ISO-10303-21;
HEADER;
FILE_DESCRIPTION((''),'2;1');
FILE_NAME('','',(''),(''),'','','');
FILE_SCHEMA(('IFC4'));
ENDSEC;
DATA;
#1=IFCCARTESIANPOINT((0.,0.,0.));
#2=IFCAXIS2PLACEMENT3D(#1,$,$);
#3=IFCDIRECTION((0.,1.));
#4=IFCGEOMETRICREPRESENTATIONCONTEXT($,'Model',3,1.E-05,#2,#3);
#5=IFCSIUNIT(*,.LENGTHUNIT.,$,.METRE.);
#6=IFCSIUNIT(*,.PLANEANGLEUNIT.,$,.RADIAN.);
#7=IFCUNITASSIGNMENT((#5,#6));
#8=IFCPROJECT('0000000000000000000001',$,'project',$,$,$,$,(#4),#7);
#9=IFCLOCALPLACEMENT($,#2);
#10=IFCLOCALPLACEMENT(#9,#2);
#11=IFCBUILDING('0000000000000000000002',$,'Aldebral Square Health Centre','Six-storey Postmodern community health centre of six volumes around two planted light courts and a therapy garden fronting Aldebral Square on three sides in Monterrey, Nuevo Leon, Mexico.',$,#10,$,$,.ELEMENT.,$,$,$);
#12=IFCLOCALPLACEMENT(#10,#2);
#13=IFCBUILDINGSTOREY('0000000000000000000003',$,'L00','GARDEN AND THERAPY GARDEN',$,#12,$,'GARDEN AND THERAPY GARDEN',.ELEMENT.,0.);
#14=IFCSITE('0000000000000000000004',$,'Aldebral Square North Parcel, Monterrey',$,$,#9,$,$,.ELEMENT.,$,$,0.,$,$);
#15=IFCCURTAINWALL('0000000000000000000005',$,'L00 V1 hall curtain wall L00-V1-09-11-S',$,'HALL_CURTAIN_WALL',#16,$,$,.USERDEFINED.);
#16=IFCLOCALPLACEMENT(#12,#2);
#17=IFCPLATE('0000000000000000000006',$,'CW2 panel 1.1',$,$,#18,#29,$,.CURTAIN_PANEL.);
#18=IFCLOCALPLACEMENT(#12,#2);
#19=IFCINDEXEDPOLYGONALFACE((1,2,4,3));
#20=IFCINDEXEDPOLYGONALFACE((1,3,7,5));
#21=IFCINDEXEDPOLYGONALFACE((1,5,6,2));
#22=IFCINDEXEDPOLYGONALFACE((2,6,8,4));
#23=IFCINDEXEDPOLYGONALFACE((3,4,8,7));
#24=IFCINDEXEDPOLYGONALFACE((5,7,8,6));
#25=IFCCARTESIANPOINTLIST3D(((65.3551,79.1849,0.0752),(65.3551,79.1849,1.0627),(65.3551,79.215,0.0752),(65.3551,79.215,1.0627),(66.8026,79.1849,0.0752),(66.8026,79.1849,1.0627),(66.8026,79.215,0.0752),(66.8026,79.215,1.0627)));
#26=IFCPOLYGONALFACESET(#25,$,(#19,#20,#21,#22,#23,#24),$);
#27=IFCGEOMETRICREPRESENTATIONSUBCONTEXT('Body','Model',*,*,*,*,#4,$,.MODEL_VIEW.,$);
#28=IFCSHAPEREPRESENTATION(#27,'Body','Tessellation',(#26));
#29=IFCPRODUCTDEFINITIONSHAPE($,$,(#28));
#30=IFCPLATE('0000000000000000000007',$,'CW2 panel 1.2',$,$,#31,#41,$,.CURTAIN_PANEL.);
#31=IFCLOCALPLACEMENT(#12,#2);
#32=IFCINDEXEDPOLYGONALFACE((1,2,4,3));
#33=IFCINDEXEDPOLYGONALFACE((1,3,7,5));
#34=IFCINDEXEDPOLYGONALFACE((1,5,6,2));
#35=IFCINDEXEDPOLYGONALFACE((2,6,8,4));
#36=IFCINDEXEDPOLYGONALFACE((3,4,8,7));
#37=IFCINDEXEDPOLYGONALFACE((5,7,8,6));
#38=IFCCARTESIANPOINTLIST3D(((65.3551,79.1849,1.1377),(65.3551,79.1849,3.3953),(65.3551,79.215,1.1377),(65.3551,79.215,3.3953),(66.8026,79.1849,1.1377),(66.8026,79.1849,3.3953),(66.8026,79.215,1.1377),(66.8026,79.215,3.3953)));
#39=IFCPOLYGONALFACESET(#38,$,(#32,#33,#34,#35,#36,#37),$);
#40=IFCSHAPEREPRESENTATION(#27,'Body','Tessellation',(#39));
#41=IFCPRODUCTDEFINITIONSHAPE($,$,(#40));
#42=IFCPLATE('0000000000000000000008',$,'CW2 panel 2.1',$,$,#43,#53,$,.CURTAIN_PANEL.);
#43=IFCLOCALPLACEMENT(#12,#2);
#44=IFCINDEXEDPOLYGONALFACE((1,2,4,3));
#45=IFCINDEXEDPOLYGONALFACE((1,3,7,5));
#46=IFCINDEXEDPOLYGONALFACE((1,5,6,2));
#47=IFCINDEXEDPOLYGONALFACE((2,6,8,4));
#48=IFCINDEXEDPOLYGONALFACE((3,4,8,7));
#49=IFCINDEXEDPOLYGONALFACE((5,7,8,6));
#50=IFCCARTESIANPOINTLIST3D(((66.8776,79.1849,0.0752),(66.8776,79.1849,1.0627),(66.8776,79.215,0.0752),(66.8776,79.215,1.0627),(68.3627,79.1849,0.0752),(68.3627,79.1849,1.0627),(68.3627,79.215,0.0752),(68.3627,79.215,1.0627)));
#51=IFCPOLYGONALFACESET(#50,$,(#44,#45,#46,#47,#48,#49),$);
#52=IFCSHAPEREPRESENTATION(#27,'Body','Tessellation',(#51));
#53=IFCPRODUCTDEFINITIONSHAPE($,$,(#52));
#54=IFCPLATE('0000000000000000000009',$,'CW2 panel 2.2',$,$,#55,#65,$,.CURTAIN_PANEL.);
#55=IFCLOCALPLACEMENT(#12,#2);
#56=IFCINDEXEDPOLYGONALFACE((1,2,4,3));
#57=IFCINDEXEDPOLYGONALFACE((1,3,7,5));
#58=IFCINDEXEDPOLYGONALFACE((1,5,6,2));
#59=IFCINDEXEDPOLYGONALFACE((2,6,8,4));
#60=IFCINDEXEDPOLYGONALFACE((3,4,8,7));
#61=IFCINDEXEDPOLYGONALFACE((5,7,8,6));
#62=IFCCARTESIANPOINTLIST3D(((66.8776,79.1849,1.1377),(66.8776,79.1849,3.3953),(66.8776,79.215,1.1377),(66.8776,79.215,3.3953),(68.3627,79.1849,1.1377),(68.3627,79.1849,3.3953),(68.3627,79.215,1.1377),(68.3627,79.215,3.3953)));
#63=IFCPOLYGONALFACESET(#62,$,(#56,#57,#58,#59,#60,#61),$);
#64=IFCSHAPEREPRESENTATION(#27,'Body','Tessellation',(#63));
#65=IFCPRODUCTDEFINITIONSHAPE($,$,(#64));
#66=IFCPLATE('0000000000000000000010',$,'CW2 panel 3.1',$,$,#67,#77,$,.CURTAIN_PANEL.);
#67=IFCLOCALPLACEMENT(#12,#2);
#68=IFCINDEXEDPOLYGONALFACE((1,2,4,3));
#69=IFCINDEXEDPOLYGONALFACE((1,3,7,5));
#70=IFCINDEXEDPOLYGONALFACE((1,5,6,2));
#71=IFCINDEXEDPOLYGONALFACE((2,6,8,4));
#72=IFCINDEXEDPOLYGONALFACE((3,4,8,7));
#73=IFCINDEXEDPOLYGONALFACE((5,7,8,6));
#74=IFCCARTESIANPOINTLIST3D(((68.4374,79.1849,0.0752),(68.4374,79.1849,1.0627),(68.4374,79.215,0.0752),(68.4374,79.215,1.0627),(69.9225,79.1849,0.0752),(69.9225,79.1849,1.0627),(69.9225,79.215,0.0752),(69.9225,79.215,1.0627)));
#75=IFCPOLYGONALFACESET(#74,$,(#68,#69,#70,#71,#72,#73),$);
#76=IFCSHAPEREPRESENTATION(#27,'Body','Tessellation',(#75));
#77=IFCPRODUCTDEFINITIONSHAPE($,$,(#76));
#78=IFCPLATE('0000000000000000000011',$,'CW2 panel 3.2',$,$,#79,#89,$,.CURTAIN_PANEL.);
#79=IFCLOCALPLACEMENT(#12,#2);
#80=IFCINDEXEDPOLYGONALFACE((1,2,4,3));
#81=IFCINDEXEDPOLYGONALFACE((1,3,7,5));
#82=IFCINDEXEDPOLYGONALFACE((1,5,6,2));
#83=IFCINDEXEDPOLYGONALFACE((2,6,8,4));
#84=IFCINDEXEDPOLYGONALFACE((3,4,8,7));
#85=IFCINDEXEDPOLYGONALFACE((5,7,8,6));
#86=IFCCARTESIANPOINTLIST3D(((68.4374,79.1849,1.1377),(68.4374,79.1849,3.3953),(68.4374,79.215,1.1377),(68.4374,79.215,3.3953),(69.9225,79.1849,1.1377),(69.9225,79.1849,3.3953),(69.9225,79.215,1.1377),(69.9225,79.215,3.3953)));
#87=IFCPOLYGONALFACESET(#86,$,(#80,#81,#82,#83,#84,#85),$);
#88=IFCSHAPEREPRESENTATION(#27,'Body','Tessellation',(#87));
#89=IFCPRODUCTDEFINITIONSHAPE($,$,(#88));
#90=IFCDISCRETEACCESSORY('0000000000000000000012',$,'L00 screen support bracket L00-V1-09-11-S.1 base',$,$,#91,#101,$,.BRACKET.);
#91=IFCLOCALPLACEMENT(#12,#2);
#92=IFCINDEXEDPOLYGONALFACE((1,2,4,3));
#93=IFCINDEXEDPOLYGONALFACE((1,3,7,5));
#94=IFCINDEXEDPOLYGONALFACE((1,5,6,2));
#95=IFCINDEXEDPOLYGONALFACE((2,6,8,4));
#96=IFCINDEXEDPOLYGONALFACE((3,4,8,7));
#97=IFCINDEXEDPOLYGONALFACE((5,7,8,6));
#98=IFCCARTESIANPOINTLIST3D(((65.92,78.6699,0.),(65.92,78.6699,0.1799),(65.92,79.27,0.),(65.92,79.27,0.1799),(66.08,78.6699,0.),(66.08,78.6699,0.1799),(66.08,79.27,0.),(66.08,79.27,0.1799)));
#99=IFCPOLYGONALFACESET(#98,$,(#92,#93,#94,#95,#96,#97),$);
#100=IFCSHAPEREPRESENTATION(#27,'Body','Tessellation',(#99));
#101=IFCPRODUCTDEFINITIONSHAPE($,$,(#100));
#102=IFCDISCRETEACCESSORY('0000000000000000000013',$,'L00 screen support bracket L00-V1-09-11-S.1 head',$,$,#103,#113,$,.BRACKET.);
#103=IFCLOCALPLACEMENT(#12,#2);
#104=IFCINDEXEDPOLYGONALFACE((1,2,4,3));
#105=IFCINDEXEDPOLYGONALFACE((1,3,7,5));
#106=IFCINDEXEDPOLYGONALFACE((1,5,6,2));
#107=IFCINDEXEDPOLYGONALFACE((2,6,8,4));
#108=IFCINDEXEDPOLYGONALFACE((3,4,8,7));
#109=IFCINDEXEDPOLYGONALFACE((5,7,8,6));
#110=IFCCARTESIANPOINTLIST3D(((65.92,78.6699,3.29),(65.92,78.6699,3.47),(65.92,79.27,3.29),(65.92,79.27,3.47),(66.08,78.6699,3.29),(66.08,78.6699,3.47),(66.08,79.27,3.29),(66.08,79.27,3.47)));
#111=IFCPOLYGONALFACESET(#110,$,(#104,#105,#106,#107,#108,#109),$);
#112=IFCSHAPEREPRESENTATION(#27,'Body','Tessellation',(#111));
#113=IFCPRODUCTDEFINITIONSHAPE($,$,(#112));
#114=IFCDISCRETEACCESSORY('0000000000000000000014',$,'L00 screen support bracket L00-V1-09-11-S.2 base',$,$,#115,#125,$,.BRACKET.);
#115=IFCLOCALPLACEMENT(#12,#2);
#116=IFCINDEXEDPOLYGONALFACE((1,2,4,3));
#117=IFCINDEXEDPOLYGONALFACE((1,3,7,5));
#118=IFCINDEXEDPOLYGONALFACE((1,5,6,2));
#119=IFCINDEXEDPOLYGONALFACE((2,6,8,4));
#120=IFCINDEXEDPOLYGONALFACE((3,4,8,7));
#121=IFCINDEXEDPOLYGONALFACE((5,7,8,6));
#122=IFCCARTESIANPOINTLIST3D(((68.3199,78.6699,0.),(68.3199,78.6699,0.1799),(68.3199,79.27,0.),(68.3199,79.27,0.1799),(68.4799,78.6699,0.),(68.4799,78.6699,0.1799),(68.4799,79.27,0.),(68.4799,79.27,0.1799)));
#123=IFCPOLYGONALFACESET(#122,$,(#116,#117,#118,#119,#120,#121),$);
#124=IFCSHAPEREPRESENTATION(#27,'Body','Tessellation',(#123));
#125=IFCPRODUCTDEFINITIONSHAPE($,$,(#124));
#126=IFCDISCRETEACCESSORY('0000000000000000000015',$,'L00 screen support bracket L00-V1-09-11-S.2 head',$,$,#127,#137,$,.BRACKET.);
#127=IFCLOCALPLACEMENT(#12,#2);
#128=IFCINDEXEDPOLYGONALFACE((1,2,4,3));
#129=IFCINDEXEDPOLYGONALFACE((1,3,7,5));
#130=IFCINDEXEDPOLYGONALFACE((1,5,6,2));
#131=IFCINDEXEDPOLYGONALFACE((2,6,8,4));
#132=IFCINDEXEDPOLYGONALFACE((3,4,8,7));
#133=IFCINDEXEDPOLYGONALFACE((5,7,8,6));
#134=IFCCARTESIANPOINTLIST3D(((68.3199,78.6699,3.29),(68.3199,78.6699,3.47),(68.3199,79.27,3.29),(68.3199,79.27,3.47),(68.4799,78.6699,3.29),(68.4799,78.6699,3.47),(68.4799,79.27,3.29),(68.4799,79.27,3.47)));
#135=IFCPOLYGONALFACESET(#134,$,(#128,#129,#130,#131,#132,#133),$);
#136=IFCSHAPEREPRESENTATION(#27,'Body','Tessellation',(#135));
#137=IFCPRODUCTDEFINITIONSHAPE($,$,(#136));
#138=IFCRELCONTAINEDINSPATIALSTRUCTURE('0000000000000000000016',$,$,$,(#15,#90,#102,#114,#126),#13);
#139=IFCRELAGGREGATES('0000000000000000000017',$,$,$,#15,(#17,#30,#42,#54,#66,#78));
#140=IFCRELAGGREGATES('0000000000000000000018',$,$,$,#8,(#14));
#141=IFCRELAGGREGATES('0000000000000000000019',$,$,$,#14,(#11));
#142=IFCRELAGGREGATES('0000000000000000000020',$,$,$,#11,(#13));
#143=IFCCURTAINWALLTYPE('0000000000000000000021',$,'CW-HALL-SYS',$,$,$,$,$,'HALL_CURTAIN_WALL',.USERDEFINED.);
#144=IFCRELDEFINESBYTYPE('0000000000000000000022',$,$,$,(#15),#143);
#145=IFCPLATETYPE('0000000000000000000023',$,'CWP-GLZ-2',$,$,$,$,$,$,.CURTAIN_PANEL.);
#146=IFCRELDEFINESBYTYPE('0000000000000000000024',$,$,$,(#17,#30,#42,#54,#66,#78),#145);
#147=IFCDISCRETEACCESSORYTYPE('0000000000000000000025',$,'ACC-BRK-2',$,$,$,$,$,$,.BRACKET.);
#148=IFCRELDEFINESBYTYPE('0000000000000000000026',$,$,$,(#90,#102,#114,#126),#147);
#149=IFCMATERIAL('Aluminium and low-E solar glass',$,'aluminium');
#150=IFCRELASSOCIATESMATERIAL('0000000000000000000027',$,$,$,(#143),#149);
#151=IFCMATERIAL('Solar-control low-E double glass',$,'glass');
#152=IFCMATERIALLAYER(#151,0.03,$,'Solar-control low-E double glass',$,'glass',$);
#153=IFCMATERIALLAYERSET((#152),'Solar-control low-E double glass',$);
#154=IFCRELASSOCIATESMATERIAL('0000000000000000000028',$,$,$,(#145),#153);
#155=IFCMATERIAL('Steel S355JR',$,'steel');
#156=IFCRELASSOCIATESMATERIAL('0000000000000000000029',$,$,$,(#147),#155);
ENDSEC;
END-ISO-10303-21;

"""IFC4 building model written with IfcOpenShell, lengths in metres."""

from ifc_helpers import new_model, si_unit, direction, frame, origin, origin_2d, place, context, subcontext, project, spatial, rectangle, extrude, material, layer, layer_set, type_object, element, aggregate, save


model = new_model("IFC4")

# Units and contexts
model_context = context("Model", 3, precision=1e-05, world=origin(), true_north=direction((0.0, 1.0)))
body_context = subcontext(model_context, "Body", "Model", "MODEL_VIEW")
ifc_project = project(units=[si_unit("LENGTHUNIT", "METRE"), si_unit("PLANEANGLEUNIT", "RADIAN")], contexts=[model_context])

# Site, building, storey
site_placement = place(None, origin())
site = spatial("IfcSite", under=ifc_project, at=site_placement, Name="Aldebral Square North Parcel, Monterrey", CompositionType="ELEMENT", RefElevation=0.0)
building_placement = place(site_placement, origin())
building = spatial("IfcBuilding", under=site, at=building_placement, Name="Aldebral Square Health Centre", Description="Six-storey Postmodern community health centre of six volumes around two planted light courts and a therapy garden fronting Aldebral Square on three sides in Monterrey, Nuevo Leon, Mexico.", CompositionType="ELEMENT")
storey_placement = place(building_placement, origin())
storey = spatial("IfcBuildingStorey", under=building, at=storey_placement, Name="L00", Description="GARDEN AND THERAPY GARDEN", LongName="GARDEN AND THERAPY GARDEN", CompositionType="ELEMENT", Elevation=0.0)

# Curtain wall, plates
ifc_material_1 = material(Name="Aluminium and low-E solar glass", Category="aluminium")
curtain_wall_type = type_object("IfcCurtainWallType", Name="CW-HALL-SYS", ElementType="HALL_CURTAIN_WALL", PredefinedType="USERDEFINED", material=ifc_material_1)
curtain_wall_placement = place(storey_placement, origin())
curtain_wall = element("IfcCurtainWall", 1, at=curtain_wall_placement, inside=storey, type_object=curtain_wall_type, Name="L00 V1 hall curtain wall L00-V1-09-11-S", ObjectType="HALL_CURTAIN_WALL", PredefinedType="USERDEFINED")
ifc_material_2 = material(Name="Solar-control low-E double glass", Category="glass")
ifc_layer_1 = layer(ifc_material_2, 0.03, Name="Solar-control low-E double glass", Category="glass")
ifc_layer_set_1 = layer_set([ifc_layer_1], Name="Solar-control low-E double glass")
plate_type = type_object("IfcPlateType", Name="CWP-GLZ-2", PredefinedType="CURTAIN_PANEL", material=ifc_layer_set_1)
plate_1_placement = place(storey_placement, frame((66.0789, 79.2, 0.0752), z_axis=(0.0, 0.0, 1.0), x_axis=(1.0, 0.0, 0.0)))
plate_1 = element("IfcPlate", 2, at=plate_1_placement, type_object=plate_type, Name="CW2 panel 1.1", PredefinedType="CURTAIN_PANEL", context=body_context, shape_type="SweptSolid", body=[
    extrude(rectangle(XDim=1.4475, YDim=0.03, at=origin_2d()), origin(), (0.0, 0.0, 1.0), 0.9875),
])
plate_2_placement = place(storey_placement, frame((66.0789, 79.2, 1.1377), z_axis=(0.0, 0.0, 1.0), x_axis=(1.0, 0.0, 0.0)))
plate_2 = element("IfcPlate", 3, at=plate_2_placement, type_object=plate_type, Name="CW2 panel 1.2", PredefinedType="CURTAIN_PANEL", context=body_context, shape_type="SweptSolid", body=[
    extrude(rectangle(XDim=1.4475, YDim=0.03, at=origin_2d()), origin(), (0.0, 0.0, 1.0), 2.2576),
])
plate_3_placement = place(storey_placement, frame((67.6201, 79.2, 0.0752), z_axis=(0.0, 0.0, 1.0), x_axis=(1.0, 0.0, 0.0)))
plate_3 = element("IfcPlate", 4, at=plate_3_placement, type_object=plate_type, Name="CW2 panel 2.1", PredefinedType="CURTAIN_PANEL", context=body_context, shape_type="SweptSolid", body=[
    extrude(rectangle(XDim=1.4851, YDim=0.03, at=origin_2d()), origin(), (0.0, 0.0, 1.0), 0.9875),
])
plate_4_placement = place(storey_placement, frame((67.6201, 79.2, 1.1377), z_axis=(0.0, 0.0, 1.0), x_axis=(1.0, 0.0, 0.0)))
plate_4 = element("IfcPlate", 5, at=plate_4_placement, type_object=plate_type, Name="CW2 panel 2.2", PredefinedType="CURTAIN_PANEL", context=body_context, shape_type="SweptSolid", body=[
    extrude(rectangle(XDim=1.4851, YDim=0.03, at=origin_2d()), origin(), (0.0, 0.0, 1.0), 2.2576),
])
plate_5_placement = place(storey_placement, frame((69.1799, 79.2, 0.0752), z_axis=(0.0, 0.0, 1.0), x_axis=(1.0, 0.0, 0.0)))
plate_5 = element("IfcPlate", 6, at=plate_5_placement, type_object=plate_type, Name="CW2 panel 3.1", PredefinedType="CURTAIN_PANEL", context=body_context, shape_type="SweptSolid", body=[
    extrude(rectangle(XDim=1.4851, YDim=0.03, at=origin_2d()), origin(), (0.0, 0.0, 1.0), 0.9875),
])
plate_6_placement = place(storey_placement, frame((69.1799, 79.2, 1.1377), z_axis=(0.0, 0.0, 1.0), x_axis=(1.0, 0.0, 0.0)))
plate_6 = element("IfcPlate", 7, at=plate_6_placement, type_object=plate_type, Name="CW2 panel 3.2", PredefinedType="CURTAIN_PANEL", context=body_context, shape_type="SweptSolid", body=[
    extrude(rectangle(XDim=1.4851, YDim=0.03, at=origin_2d()), origin(), (0.0, 0.0, 1.0), 2.2576),
])
aggregate(curtain_wall, [plate_1, plate_2, plate_3, plate_4, plate_5, plate_6])

# Discrete accessories
ifc_material_3 = material(Name="Steel S355JR", Category="steel")
discrete_accessory_type = type_object("IfcDiscreteAccessoryType", Name="ACC-BRK-2", PredefinedType="BRACKET", material=ifc_material_3)
for number, where, z_axis, x_axis, name in (
    (8, (66.0, 78.97, 0.0), (0.0, 0.0, 1.0), (1.0, 0.0, 0.0), "L00 screen support bracket L00-V1-09-11-S.1 base"),
    (9, (66.0, 78.97, 3.29), (0.0, 0.0, 1.0), (1.0, 0.0, 0.0), "L00 screen support bracket L00-V1-09-11-S.1 head"),
    (10, (68.3999, 78.97, 0.0), (0.0, 0.0, 1.0), (1.0, 0.0, 0.0), "L00 screen support bracket L00-V1-09-11-S.2 base"),
    (11, (68.3999, 78.97, 3.29), (0.0, 0.0, 1.0), (1.0, 0.0, 0.0), "L00 screen support bracket L00-V1-09-11-S.2 head"),
):
    element("IfcDiscreteAccessory", number, at=place(storey_placement, frame(where, z_axis=z_axis, x_axis=x_axis)), inside=storey, type_object=discrete_accessory_type, Name=name, PredefinedType="BRACKET", context=body_context, shape_type="SweptSolid", body=[
        extrude(rectangle(XDim=0.1599, YDim=0.6001, at=origin_2d()), origin(), (0.0, 0.0, 1.0), 0.1799),
    ])

save(model, "model.ifc")
